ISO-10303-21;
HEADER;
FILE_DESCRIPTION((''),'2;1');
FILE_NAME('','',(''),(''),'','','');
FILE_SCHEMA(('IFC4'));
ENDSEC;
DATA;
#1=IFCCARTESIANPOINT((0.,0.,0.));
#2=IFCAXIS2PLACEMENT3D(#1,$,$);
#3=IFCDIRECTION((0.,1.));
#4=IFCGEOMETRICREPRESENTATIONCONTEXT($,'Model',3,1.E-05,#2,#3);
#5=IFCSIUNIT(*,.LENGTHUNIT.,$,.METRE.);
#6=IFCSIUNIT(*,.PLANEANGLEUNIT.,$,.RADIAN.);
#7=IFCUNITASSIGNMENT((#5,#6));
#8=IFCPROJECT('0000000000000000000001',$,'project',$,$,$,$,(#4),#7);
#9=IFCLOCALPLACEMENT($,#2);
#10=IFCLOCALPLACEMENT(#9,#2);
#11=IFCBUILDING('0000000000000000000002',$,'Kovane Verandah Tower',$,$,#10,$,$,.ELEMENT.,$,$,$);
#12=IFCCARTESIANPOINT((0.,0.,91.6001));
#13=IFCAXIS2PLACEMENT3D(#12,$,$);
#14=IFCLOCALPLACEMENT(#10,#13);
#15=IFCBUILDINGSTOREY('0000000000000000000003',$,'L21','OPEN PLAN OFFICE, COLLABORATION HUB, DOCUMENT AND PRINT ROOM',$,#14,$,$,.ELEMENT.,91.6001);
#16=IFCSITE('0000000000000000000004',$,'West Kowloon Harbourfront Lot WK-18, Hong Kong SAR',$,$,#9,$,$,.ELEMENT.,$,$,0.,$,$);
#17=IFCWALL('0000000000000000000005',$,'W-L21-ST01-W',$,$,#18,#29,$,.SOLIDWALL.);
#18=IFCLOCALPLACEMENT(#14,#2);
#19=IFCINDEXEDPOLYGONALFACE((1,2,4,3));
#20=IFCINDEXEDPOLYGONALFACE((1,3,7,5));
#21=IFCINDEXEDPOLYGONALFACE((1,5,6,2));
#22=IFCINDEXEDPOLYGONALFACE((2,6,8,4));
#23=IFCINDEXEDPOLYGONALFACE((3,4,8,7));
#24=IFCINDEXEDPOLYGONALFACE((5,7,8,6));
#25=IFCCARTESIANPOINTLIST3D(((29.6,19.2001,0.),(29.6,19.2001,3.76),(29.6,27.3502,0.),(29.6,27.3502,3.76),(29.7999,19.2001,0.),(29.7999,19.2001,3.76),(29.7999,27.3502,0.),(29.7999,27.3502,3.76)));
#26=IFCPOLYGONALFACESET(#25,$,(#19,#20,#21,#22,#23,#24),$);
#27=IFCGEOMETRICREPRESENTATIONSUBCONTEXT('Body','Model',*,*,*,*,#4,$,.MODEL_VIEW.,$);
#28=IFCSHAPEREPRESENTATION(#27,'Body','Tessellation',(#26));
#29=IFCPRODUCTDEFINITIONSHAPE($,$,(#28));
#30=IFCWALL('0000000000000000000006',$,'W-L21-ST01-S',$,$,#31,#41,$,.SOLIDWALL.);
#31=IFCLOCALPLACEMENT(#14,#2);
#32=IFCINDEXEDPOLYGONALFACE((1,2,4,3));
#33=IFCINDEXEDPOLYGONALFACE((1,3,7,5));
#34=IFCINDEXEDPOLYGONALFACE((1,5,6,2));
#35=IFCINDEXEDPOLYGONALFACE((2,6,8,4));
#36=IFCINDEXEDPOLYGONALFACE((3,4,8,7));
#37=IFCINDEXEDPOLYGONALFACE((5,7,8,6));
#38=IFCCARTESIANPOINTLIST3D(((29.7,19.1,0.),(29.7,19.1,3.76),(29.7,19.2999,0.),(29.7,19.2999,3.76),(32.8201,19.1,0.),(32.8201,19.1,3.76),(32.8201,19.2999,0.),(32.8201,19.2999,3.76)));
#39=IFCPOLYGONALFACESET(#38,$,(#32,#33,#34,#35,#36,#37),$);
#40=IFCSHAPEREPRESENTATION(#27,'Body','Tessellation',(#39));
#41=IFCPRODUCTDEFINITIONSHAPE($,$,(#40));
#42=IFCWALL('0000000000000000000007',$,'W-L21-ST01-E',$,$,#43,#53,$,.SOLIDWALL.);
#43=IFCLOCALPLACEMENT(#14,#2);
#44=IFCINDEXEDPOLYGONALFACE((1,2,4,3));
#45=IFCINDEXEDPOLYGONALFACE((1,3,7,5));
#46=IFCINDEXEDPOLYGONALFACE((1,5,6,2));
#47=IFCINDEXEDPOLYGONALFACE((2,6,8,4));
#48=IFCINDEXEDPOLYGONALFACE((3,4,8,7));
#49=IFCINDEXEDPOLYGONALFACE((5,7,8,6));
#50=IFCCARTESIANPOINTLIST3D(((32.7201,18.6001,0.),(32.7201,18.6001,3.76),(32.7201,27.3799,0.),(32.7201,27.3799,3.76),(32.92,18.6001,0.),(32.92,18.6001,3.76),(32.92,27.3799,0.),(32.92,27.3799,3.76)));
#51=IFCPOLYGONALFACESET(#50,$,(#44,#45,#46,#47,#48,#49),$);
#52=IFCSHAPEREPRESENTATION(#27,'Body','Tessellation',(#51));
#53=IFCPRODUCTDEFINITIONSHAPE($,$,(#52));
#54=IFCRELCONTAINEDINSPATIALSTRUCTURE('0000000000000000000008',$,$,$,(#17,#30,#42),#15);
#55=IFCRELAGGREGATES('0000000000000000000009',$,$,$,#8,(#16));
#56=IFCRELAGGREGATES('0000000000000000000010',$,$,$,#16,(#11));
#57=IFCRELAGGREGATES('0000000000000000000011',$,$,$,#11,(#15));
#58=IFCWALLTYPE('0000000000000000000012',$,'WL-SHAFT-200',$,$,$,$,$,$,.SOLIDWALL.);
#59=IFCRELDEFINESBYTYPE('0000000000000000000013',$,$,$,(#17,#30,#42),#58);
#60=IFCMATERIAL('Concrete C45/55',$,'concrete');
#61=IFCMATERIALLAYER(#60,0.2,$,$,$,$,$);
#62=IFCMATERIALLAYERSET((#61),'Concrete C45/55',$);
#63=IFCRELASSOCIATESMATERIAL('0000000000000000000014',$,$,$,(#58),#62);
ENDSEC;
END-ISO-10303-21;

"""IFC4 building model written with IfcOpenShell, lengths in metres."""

from ifc_helpers import new_model, si_unit, direction, frame, frame_2d, origin, place, context, subcontext, project, spatial, rectangle, extrude, material, layer, layer_set, type_object, element, save


model = new_model("IFC4")

# Units and contexts
model_context = context("Model", 3, precision=1e-05, world=origin(), true_north=direction((0.0, 1.0)))
body_context = subcontext(model_context, "Body", "Model", "MODEL_VIEW")
ifc_project = project(units=[si_unit("LENGTHUNIT", "METRE"), si_unit("PLANEANGLEUNIT", "RADIAN")], contexts=[model_context])

# Site, building, storey
site_placement = place(None, origin())
site = spatial("IfcSite", under=ifc_project, at=site_placement, Name="West Kowloon Harbourfront Lot WK-18, Hong Kong SAR", CompositionType="ELEMENT", RefElevation=0.0)
building_placement = place(site_placement, origin())
building = spatial("IfcBuilding", under=site, at=building_placement, Name="Kovane Verandah Tower", CompositionType="ELEMENT")
storey_placement = place(building_placement, frame((0.0, 0.0, 91.6001)))
storey = spatial("IfcBuildingStorey", under=building, at=storey_placement, Name="L21", Description="OPEN PLAN OFFICE, COLLABORATION HUB, DOCUMENT AND PRINT ROOM", CompositionType="ELEMENT", Elevation=91.6001)

# Walls
ifc_material_1 = material(Name="Concrete C45/55", Category="concrete")
ifc_layer_1 = layer(ifc_material_1, 0.2)
ifc_layer_set_1 = layer_set([ifc_layer_1], Name="Concrete C45/55")
wall_type_1 = type_object("IfcWallType", Name="WL-SHAFT-200", PredefinedType="SOLIDWALL", material=ifc_layer_set_1)
wall_1_placement = place(storey_placement, frame((29.7, 19.2, 0.0), z_axis=(0.0, 0.0, 1.0), x_axis=(0.0, 1.0, 0.0)))
element("IfcWall", 1, at=wall_1_placement, inside=storey, type_object=wall_type_1, Name="W-L21-ST01-W", PredefinedType="SOLIDWALL", context=body_context, shape_type="SweptSolid", body=[
    extrude(rectangle(XDim=8.1501, YDim=0.2, at=frame_2d((4.0752, 0.0))), origin(), (0.0, 0.0, 1.0), 3.76),
])
wall_2_placement = place(storey_placement, frame((29.7, 19.2, 0.0), z_axis=(0.0, 0.0, 1.0), x_axis=(1.0, 0.0, 0.0)))
element("IfcWall", 2, at=wall_2_placement, inside=storey, type_object=wall_type_1, Name="W-L21-ST01-S", PredefinedType="SOLIDWALL", context=body_context, shape_type="SweptSolid", body=[
    extrude(rectangle(XDim=3.1201, YDim=0.2, at=frame_2d((1.5601, 0.0))), origin(), (0.0, 0.0, 1.0), 3.76),
])
wall_3_placement = place(storey_placement, frame((32.8201, 18.6001, 0.0), z_axis=(0.0, 0.0, 1.0), x_axis=(0.0, 1.0, 0.0)))
element("IfcWall", 3, at=wall_3_placement, inside=storey, type_object=wall_type_1, Name="W-L21-ST01-E", PredefinedType="SOLIDWALL", context=body_context, shape_type="SweptSolid", body=[
    extrude(rectangle(XDim=8.7798, YDim=0.2, at=frame_2d((4.3899, 0.0))), origin(), (0.0, 0.0, 1.0), 3.76),
])

save(model, "model.ifc")
